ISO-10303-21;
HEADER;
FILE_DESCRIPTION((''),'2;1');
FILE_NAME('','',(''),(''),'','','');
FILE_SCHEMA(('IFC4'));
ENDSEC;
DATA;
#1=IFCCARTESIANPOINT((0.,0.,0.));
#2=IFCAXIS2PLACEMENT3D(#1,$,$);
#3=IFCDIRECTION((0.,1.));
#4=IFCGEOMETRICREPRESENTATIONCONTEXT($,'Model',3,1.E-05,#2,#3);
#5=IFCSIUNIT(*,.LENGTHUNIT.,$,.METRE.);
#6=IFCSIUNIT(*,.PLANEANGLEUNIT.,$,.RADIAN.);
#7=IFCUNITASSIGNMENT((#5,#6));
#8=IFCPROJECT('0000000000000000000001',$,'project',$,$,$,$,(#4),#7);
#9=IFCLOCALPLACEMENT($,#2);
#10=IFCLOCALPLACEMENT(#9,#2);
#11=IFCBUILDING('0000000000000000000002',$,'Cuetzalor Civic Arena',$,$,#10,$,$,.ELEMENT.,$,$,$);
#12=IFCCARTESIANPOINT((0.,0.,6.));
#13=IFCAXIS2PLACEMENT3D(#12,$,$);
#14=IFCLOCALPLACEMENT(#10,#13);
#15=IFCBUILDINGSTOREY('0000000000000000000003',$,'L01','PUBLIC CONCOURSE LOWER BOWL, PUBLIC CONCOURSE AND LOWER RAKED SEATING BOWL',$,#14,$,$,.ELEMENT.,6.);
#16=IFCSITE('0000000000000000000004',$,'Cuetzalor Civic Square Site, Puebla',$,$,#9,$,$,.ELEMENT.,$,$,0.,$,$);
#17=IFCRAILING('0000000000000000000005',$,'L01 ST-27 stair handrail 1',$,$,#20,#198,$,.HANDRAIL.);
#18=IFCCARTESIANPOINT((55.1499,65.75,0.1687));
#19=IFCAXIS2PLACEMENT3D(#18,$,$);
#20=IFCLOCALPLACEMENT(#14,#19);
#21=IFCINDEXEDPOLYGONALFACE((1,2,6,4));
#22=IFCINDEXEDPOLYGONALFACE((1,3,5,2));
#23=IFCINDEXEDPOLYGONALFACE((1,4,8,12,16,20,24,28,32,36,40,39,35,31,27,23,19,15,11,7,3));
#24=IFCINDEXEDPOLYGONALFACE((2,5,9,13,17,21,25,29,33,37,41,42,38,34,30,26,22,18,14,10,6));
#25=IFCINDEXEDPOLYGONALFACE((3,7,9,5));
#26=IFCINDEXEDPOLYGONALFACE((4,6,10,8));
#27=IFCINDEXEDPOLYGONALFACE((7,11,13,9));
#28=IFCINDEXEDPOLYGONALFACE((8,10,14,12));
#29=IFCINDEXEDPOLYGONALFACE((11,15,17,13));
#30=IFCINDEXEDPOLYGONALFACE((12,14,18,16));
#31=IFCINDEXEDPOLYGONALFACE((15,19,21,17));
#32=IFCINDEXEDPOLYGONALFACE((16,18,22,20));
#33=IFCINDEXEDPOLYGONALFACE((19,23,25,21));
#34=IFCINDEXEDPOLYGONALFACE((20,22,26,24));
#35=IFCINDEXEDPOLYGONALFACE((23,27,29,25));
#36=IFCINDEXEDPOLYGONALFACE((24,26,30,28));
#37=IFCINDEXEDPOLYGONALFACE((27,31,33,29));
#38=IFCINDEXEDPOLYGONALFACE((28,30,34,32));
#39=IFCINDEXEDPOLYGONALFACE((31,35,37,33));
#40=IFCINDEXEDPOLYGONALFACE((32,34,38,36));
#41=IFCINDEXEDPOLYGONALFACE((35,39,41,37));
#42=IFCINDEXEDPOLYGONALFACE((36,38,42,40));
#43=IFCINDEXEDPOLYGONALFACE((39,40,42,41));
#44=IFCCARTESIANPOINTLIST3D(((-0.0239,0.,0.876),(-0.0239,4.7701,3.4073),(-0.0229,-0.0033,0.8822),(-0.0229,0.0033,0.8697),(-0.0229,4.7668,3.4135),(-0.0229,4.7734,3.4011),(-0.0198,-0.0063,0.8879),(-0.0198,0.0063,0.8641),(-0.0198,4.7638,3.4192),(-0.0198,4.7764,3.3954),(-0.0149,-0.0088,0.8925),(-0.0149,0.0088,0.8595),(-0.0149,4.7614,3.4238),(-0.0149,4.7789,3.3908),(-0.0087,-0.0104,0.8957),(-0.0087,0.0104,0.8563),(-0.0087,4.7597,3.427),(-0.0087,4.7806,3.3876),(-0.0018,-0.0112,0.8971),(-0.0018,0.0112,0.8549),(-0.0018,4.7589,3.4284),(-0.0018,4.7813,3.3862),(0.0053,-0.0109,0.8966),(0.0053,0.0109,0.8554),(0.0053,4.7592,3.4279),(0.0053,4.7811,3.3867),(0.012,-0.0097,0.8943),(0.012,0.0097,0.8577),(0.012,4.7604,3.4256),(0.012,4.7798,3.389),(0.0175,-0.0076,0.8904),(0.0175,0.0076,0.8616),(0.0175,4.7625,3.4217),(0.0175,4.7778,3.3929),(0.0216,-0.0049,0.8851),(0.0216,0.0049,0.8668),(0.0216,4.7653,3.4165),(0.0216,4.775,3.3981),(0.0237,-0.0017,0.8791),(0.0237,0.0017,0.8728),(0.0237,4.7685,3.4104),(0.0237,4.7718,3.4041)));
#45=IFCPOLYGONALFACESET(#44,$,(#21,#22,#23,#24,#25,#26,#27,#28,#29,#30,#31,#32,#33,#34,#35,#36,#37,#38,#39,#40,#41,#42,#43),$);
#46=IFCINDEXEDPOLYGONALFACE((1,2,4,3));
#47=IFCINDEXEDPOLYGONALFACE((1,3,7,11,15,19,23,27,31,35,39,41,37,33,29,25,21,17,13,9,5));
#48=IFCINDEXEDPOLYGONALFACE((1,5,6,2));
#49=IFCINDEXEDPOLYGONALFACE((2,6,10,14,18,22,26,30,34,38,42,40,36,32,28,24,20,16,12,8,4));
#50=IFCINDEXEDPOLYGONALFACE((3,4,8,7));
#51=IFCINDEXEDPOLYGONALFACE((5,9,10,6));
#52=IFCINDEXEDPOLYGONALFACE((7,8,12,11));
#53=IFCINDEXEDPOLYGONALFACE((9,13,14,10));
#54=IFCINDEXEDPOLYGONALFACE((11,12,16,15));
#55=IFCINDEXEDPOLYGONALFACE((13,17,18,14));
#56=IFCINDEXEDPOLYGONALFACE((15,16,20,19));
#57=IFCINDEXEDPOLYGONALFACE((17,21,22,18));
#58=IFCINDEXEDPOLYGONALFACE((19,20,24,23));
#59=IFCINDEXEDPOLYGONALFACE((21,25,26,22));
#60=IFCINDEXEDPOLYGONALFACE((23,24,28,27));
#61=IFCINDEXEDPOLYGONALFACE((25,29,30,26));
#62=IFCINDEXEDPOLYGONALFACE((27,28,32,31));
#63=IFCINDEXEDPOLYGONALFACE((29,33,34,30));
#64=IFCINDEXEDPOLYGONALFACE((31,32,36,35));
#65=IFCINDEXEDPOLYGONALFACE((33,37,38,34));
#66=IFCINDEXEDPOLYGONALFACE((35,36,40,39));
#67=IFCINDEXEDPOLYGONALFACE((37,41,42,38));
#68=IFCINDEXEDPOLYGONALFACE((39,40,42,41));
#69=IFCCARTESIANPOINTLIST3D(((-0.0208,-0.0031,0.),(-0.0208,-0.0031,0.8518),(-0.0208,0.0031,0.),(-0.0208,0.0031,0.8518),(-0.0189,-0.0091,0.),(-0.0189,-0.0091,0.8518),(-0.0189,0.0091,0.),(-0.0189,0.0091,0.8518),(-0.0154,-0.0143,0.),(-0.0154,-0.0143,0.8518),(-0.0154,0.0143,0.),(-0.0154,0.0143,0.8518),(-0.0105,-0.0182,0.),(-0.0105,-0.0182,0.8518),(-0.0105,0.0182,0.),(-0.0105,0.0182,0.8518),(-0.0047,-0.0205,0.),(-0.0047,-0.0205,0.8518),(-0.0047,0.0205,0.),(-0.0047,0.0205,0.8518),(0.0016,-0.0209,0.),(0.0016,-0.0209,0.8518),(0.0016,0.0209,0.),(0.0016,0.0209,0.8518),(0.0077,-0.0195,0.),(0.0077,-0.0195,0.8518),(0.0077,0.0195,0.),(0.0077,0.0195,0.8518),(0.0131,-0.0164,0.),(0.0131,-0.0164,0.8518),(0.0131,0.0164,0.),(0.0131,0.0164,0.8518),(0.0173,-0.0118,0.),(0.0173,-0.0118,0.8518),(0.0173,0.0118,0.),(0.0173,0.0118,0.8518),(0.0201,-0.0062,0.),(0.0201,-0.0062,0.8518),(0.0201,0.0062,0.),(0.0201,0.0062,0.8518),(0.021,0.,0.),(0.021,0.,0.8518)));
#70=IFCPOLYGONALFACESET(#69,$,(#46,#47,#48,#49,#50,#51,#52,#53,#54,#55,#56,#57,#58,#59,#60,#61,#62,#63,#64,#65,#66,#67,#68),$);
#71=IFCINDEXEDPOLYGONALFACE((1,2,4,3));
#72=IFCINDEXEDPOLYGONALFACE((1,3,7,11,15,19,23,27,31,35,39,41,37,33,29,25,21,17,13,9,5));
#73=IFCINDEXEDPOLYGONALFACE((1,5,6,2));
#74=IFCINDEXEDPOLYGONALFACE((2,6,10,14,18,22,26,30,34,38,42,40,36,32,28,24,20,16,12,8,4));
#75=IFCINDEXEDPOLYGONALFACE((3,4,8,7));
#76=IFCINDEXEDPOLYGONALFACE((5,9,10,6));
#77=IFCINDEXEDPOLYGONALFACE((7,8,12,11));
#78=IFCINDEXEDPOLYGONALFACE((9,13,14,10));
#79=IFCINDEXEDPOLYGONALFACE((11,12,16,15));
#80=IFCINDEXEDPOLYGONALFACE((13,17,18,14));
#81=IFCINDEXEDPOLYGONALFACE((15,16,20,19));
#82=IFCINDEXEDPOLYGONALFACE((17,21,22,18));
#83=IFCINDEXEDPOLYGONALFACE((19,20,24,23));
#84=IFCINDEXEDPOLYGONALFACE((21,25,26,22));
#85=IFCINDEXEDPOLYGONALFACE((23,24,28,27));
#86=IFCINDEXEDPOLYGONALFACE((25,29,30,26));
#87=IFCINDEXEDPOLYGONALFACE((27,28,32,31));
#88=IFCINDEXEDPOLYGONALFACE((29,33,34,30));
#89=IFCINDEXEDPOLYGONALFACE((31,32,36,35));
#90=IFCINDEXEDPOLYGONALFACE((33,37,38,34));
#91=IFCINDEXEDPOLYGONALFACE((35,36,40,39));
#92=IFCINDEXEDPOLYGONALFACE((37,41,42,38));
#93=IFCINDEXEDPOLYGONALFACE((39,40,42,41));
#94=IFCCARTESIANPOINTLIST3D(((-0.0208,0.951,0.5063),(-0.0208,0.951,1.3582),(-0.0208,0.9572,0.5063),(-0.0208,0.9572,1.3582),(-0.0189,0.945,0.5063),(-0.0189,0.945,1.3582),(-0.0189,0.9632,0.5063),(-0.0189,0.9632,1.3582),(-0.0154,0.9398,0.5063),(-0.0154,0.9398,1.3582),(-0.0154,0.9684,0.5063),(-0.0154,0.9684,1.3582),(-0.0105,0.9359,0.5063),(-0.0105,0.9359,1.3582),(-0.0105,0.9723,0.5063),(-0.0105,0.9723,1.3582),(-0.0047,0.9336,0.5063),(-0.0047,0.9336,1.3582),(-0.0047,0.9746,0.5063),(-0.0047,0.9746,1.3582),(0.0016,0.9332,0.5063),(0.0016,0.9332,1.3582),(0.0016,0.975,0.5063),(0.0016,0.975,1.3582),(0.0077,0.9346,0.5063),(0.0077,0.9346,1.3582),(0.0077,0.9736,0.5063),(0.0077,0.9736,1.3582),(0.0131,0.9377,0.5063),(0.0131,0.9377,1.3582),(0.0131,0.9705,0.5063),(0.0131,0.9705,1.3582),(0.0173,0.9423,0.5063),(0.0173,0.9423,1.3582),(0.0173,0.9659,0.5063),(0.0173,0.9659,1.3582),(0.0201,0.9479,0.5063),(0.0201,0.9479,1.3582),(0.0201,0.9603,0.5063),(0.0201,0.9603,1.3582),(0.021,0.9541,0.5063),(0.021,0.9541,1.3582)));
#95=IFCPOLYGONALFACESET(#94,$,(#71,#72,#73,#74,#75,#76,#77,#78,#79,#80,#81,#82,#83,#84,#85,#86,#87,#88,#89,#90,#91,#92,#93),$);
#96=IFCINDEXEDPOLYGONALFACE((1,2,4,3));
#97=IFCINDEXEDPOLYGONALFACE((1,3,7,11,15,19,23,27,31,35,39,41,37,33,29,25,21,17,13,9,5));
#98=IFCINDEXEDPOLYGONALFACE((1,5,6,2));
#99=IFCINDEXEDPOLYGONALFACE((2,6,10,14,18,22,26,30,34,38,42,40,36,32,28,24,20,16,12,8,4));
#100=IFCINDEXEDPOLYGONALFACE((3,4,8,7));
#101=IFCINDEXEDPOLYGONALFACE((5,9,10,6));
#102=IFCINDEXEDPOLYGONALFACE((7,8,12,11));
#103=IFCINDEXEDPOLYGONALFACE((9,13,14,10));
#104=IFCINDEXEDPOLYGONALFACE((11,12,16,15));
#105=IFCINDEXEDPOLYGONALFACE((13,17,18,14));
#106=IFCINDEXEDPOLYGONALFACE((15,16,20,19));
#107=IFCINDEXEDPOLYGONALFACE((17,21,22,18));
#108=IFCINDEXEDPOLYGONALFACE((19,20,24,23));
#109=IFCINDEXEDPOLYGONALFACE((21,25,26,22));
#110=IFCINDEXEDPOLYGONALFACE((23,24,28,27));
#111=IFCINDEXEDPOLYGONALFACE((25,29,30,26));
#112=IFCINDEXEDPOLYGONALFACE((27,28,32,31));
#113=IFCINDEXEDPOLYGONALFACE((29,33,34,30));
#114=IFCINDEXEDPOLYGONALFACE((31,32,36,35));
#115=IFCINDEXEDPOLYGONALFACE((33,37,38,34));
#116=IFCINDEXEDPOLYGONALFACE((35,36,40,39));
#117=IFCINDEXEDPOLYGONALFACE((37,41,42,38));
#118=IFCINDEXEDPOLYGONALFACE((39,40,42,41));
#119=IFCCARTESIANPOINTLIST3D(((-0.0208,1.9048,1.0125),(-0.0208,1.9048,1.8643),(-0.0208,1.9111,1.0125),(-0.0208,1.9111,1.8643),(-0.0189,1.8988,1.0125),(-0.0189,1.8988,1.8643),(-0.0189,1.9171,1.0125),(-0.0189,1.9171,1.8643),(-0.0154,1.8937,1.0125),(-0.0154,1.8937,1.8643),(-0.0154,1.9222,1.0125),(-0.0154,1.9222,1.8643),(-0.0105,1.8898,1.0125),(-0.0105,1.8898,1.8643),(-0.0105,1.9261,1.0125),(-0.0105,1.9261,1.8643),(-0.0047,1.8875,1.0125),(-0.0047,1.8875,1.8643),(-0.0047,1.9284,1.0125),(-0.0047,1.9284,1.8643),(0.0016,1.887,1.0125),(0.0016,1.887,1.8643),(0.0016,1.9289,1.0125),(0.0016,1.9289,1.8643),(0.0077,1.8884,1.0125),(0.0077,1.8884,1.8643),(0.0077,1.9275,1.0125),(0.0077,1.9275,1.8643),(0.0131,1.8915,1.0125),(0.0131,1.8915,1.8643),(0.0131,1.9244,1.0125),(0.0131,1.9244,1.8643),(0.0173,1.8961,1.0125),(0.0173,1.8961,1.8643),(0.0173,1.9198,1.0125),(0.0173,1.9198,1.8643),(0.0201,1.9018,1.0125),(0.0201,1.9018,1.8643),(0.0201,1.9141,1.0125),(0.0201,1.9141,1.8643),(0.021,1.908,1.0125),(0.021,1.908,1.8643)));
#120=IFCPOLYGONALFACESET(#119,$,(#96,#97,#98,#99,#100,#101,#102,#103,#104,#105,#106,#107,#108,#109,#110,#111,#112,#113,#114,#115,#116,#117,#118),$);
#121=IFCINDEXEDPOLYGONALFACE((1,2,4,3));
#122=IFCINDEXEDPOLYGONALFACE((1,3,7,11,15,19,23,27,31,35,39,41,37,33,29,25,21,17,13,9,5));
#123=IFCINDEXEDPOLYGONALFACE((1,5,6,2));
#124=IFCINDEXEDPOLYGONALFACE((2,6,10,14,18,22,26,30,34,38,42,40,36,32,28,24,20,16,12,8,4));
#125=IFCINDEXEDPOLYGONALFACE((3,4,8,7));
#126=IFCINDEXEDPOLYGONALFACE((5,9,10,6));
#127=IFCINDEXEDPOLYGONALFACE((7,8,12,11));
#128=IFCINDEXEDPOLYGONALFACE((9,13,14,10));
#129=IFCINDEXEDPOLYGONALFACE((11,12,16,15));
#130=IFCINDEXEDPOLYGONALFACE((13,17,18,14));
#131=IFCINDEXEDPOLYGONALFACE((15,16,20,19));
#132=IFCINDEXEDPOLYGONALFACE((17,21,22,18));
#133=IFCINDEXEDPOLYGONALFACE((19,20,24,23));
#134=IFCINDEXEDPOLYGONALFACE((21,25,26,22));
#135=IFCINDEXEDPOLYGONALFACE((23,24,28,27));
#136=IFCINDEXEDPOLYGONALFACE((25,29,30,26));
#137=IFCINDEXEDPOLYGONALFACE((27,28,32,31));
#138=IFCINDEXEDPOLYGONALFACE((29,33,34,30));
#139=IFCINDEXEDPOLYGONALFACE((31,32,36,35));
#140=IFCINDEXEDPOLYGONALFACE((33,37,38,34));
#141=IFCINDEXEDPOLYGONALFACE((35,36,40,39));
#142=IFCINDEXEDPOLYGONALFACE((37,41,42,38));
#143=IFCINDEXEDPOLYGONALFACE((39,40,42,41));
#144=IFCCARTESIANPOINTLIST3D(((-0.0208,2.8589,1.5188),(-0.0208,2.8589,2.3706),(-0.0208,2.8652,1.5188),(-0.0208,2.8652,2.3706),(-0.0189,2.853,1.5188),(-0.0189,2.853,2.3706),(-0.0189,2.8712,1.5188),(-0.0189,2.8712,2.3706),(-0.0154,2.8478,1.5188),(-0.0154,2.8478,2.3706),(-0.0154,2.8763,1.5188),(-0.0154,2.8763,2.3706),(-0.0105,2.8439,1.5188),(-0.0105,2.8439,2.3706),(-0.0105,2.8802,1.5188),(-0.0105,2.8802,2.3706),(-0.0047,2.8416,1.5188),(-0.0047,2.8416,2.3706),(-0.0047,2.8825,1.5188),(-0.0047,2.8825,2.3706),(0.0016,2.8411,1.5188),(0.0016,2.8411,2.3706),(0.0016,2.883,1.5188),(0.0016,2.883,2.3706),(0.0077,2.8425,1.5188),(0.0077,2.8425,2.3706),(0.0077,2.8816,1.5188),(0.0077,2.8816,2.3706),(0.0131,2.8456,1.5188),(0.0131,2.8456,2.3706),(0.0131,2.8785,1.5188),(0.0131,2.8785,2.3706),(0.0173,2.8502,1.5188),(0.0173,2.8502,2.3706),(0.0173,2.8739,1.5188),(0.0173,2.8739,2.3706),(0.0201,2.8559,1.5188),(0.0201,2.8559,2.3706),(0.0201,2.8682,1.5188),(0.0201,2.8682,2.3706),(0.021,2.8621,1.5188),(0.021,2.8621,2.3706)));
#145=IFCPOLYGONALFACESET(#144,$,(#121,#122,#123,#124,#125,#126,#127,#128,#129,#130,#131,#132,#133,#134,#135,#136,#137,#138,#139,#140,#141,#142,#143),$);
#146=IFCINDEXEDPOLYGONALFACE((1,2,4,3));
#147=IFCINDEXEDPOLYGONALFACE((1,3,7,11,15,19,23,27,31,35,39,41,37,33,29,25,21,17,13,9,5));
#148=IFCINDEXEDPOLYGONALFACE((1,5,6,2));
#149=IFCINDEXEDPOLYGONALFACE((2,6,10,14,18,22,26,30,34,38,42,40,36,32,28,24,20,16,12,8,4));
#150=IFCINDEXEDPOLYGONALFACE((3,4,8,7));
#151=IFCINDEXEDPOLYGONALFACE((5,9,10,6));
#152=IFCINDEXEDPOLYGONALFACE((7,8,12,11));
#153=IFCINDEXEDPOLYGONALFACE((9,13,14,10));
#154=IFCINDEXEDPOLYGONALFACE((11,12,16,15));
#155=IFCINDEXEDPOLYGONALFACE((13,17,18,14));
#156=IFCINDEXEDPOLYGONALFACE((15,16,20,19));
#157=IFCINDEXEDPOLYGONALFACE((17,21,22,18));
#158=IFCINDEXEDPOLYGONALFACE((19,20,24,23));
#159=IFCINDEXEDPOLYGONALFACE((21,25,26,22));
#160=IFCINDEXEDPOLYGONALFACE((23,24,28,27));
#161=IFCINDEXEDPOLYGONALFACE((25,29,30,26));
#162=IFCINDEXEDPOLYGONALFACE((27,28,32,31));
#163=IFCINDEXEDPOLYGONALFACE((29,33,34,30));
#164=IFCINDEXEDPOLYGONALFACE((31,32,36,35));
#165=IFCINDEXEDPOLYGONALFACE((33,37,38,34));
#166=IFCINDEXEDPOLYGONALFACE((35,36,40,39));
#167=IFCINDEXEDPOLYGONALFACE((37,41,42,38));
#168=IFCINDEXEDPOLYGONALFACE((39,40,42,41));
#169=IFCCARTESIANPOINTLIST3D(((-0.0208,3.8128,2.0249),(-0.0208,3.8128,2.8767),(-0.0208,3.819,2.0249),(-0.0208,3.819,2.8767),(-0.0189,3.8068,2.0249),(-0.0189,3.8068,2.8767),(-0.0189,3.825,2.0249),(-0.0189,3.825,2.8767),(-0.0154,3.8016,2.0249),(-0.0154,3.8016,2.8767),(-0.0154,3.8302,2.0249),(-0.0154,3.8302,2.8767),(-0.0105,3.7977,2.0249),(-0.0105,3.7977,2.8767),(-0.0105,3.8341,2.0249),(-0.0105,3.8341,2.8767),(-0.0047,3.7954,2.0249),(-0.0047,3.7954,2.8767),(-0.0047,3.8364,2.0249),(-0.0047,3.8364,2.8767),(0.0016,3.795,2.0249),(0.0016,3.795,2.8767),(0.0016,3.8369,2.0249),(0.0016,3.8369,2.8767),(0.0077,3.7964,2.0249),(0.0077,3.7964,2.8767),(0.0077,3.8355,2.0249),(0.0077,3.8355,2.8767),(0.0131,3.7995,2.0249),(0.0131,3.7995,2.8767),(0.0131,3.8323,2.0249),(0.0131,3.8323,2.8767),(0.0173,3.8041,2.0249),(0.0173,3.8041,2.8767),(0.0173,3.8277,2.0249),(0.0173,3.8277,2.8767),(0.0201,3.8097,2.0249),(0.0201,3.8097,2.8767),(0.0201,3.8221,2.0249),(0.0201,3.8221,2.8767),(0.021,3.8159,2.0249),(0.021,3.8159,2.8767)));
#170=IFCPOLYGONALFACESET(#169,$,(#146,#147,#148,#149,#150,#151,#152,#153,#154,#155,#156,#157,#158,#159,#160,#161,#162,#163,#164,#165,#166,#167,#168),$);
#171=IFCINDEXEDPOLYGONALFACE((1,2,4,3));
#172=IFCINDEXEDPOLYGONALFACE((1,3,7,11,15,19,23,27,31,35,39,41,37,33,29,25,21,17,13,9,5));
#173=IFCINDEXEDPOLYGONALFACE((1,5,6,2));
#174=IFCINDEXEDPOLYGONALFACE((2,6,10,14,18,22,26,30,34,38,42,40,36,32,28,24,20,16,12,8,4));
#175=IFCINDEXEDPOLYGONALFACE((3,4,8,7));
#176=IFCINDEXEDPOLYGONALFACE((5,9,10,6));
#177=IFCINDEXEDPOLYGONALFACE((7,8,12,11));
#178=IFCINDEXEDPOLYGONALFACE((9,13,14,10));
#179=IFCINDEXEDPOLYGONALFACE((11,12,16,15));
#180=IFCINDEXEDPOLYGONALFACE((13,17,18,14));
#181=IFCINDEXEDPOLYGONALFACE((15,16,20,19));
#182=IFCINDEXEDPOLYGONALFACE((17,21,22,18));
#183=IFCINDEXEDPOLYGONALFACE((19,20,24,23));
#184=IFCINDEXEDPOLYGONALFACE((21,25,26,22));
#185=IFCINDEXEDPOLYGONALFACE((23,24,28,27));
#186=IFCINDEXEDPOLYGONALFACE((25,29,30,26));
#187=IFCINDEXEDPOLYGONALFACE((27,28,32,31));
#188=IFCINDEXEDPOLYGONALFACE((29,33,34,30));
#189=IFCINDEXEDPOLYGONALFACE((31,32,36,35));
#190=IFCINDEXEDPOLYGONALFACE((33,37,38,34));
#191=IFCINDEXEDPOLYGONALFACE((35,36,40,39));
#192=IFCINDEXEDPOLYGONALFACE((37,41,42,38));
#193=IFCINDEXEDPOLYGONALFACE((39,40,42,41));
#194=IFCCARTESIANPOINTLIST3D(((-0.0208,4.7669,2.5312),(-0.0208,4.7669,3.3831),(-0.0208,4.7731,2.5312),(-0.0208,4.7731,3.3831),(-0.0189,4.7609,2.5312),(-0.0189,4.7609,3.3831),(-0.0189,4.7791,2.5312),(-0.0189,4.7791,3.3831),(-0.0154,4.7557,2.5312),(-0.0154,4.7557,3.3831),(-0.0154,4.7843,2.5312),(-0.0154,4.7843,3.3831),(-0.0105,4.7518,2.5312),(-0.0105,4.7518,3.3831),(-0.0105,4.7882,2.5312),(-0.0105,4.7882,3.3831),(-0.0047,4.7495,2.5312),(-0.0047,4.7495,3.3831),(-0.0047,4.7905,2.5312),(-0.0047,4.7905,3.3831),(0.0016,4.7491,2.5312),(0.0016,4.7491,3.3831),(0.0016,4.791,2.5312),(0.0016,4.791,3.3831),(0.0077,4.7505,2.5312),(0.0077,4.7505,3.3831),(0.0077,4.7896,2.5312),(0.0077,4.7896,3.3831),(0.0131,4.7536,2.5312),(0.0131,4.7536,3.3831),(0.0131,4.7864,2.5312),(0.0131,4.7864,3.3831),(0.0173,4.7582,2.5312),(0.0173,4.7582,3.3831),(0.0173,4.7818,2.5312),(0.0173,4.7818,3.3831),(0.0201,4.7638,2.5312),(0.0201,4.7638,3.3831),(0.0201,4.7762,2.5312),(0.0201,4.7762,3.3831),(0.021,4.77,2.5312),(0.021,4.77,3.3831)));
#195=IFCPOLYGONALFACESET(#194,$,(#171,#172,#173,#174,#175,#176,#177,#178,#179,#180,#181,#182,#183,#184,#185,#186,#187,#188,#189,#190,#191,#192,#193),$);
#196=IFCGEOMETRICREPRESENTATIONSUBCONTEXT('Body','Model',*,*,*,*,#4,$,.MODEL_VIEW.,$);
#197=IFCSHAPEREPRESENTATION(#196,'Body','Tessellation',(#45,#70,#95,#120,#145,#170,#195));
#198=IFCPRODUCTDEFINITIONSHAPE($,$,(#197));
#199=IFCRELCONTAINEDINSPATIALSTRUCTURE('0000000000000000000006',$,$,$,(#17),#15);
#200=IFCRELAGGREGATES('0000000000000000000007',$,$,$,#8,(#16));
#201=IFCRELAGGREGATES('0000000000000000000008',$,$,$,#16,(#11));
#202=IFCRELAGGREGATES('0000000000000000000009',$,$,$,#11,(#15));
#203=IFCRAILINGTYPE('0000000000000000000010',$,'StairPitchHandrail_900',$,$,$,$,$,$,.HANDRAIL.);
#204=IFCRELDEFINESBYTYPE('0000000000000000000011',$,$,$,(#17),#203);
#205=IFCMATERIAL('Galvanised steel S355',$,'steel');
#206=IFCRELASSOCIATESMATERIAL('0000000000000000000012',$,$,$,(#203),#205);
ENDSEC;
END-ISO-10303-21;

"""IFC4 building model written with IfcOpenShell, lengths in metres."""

from ifc_helpers import new_model, si_unit, direction, frame, origin, origin_2d, place, context, subcontext, project, spatial, circle, extrude, material, type_object, element, save


model = new_model("IFC4")

# Units and contexts
model_context = context("Model", 3, precision=1e-05, world=origin(), true_north=direction((0.0, 1.0)))
body_context = subcontext(model_context, "Body", "Model", "MODEL_VIEW")
ifc_project = project(units=[si_unit("LENGTHUNIT", "METRE"), si_unit("PLANEANGLEUNIT", "RADIAN")], contexts=[model_context])

# Site, building, storey
site_placement = place(None, origin())
site = spatial("IfcSite", under=ifc_project, at=site_placement, Name="Cuetzalor Civic Square Site, Puebla", CompositionType="ELEMENT", RefElevation=0.0)
building_placement = place(site_placement, origin())
building = spatial("IfcBuilding", under=site, at=building_placement, Name="Cuetzalor Civic Arena", CompositionType="ELEMENT")
storey_placement = place(building_placement, frame((0.0, 0.0, 6.0)))
storey = spatial("IfcBuildingStorey", under=building, at=storey_placement, Name="L01", Description="PUBLIC CONCOURSE LOWER BOWL, PUBLIC CONCOURSE AND LOWER RAKED SEATING BOWL", CompositionType="ELEMENT", Elevation=6.0)

# Railing
ifc_material_1 = material(Name="Galvanised steel S355", Category="steel")
railing_type_1 = type_object("IfcRailingType", Name="StairPitchHandrail_900", PredefinedType="HANDRAIL", material=ifc_material_1)
railing_1_placement = place(storey_placement, frame((55.1499, 65.75, 0.1687)))
element("IfcRailing", 1, at=railing_1_placement, inside=storey, type_object=railing_type_1, Name="L01 ST-27 stair handrail 1", PredefinedType="HANDRAIL", context=body_context, shape_type="SweptSolid", body=[
    extrude(circle(Radius=0.0239, at=origin_2d()), frame((0.0, 0.0, 0.876), z_axis=(0.0, 0.883332, 0.468747), x_axis=(-1.0, 0.0, 0.0)), (0.0, 0.0, 1.0), 5.4001),
    extrude(circle(Radius=0.021, at=origin_2d()), origin(), (0.0, 0.0, 1.0), 0.8518),
    extrude(circle(Radius=0.021, at=origin_2d()), frame((0.0, 0.9541, 0.5063)), (0.0, 0.0, 1.0), 0.8518),
    extrude(circle(Radius=0.021, at=origin_2d()), frame((0.0, 1.908, 1.0125)), (0.0, 0.0, 1.0), 0.8518),
    extrude(circle(Radius=0.021, at=origin_2d()), frame((0.0, 2.8621, 1.5188)), (0.0, 0.0, 1.0), 0.8518),
    extrude(circle(Radius=0.021, at=origin_2d()), frame((0.0, 3.8159, 2.0249)), (0.0, 0.0, 1.0), 0.8518),
    extrude(circle(Radius=0.021, at=origin_2d()), frame((0.0, 4.77, 2.5312)), (0.0, 0.0, 1.0), 0.8518),
])

save(model, "model.ifc")
